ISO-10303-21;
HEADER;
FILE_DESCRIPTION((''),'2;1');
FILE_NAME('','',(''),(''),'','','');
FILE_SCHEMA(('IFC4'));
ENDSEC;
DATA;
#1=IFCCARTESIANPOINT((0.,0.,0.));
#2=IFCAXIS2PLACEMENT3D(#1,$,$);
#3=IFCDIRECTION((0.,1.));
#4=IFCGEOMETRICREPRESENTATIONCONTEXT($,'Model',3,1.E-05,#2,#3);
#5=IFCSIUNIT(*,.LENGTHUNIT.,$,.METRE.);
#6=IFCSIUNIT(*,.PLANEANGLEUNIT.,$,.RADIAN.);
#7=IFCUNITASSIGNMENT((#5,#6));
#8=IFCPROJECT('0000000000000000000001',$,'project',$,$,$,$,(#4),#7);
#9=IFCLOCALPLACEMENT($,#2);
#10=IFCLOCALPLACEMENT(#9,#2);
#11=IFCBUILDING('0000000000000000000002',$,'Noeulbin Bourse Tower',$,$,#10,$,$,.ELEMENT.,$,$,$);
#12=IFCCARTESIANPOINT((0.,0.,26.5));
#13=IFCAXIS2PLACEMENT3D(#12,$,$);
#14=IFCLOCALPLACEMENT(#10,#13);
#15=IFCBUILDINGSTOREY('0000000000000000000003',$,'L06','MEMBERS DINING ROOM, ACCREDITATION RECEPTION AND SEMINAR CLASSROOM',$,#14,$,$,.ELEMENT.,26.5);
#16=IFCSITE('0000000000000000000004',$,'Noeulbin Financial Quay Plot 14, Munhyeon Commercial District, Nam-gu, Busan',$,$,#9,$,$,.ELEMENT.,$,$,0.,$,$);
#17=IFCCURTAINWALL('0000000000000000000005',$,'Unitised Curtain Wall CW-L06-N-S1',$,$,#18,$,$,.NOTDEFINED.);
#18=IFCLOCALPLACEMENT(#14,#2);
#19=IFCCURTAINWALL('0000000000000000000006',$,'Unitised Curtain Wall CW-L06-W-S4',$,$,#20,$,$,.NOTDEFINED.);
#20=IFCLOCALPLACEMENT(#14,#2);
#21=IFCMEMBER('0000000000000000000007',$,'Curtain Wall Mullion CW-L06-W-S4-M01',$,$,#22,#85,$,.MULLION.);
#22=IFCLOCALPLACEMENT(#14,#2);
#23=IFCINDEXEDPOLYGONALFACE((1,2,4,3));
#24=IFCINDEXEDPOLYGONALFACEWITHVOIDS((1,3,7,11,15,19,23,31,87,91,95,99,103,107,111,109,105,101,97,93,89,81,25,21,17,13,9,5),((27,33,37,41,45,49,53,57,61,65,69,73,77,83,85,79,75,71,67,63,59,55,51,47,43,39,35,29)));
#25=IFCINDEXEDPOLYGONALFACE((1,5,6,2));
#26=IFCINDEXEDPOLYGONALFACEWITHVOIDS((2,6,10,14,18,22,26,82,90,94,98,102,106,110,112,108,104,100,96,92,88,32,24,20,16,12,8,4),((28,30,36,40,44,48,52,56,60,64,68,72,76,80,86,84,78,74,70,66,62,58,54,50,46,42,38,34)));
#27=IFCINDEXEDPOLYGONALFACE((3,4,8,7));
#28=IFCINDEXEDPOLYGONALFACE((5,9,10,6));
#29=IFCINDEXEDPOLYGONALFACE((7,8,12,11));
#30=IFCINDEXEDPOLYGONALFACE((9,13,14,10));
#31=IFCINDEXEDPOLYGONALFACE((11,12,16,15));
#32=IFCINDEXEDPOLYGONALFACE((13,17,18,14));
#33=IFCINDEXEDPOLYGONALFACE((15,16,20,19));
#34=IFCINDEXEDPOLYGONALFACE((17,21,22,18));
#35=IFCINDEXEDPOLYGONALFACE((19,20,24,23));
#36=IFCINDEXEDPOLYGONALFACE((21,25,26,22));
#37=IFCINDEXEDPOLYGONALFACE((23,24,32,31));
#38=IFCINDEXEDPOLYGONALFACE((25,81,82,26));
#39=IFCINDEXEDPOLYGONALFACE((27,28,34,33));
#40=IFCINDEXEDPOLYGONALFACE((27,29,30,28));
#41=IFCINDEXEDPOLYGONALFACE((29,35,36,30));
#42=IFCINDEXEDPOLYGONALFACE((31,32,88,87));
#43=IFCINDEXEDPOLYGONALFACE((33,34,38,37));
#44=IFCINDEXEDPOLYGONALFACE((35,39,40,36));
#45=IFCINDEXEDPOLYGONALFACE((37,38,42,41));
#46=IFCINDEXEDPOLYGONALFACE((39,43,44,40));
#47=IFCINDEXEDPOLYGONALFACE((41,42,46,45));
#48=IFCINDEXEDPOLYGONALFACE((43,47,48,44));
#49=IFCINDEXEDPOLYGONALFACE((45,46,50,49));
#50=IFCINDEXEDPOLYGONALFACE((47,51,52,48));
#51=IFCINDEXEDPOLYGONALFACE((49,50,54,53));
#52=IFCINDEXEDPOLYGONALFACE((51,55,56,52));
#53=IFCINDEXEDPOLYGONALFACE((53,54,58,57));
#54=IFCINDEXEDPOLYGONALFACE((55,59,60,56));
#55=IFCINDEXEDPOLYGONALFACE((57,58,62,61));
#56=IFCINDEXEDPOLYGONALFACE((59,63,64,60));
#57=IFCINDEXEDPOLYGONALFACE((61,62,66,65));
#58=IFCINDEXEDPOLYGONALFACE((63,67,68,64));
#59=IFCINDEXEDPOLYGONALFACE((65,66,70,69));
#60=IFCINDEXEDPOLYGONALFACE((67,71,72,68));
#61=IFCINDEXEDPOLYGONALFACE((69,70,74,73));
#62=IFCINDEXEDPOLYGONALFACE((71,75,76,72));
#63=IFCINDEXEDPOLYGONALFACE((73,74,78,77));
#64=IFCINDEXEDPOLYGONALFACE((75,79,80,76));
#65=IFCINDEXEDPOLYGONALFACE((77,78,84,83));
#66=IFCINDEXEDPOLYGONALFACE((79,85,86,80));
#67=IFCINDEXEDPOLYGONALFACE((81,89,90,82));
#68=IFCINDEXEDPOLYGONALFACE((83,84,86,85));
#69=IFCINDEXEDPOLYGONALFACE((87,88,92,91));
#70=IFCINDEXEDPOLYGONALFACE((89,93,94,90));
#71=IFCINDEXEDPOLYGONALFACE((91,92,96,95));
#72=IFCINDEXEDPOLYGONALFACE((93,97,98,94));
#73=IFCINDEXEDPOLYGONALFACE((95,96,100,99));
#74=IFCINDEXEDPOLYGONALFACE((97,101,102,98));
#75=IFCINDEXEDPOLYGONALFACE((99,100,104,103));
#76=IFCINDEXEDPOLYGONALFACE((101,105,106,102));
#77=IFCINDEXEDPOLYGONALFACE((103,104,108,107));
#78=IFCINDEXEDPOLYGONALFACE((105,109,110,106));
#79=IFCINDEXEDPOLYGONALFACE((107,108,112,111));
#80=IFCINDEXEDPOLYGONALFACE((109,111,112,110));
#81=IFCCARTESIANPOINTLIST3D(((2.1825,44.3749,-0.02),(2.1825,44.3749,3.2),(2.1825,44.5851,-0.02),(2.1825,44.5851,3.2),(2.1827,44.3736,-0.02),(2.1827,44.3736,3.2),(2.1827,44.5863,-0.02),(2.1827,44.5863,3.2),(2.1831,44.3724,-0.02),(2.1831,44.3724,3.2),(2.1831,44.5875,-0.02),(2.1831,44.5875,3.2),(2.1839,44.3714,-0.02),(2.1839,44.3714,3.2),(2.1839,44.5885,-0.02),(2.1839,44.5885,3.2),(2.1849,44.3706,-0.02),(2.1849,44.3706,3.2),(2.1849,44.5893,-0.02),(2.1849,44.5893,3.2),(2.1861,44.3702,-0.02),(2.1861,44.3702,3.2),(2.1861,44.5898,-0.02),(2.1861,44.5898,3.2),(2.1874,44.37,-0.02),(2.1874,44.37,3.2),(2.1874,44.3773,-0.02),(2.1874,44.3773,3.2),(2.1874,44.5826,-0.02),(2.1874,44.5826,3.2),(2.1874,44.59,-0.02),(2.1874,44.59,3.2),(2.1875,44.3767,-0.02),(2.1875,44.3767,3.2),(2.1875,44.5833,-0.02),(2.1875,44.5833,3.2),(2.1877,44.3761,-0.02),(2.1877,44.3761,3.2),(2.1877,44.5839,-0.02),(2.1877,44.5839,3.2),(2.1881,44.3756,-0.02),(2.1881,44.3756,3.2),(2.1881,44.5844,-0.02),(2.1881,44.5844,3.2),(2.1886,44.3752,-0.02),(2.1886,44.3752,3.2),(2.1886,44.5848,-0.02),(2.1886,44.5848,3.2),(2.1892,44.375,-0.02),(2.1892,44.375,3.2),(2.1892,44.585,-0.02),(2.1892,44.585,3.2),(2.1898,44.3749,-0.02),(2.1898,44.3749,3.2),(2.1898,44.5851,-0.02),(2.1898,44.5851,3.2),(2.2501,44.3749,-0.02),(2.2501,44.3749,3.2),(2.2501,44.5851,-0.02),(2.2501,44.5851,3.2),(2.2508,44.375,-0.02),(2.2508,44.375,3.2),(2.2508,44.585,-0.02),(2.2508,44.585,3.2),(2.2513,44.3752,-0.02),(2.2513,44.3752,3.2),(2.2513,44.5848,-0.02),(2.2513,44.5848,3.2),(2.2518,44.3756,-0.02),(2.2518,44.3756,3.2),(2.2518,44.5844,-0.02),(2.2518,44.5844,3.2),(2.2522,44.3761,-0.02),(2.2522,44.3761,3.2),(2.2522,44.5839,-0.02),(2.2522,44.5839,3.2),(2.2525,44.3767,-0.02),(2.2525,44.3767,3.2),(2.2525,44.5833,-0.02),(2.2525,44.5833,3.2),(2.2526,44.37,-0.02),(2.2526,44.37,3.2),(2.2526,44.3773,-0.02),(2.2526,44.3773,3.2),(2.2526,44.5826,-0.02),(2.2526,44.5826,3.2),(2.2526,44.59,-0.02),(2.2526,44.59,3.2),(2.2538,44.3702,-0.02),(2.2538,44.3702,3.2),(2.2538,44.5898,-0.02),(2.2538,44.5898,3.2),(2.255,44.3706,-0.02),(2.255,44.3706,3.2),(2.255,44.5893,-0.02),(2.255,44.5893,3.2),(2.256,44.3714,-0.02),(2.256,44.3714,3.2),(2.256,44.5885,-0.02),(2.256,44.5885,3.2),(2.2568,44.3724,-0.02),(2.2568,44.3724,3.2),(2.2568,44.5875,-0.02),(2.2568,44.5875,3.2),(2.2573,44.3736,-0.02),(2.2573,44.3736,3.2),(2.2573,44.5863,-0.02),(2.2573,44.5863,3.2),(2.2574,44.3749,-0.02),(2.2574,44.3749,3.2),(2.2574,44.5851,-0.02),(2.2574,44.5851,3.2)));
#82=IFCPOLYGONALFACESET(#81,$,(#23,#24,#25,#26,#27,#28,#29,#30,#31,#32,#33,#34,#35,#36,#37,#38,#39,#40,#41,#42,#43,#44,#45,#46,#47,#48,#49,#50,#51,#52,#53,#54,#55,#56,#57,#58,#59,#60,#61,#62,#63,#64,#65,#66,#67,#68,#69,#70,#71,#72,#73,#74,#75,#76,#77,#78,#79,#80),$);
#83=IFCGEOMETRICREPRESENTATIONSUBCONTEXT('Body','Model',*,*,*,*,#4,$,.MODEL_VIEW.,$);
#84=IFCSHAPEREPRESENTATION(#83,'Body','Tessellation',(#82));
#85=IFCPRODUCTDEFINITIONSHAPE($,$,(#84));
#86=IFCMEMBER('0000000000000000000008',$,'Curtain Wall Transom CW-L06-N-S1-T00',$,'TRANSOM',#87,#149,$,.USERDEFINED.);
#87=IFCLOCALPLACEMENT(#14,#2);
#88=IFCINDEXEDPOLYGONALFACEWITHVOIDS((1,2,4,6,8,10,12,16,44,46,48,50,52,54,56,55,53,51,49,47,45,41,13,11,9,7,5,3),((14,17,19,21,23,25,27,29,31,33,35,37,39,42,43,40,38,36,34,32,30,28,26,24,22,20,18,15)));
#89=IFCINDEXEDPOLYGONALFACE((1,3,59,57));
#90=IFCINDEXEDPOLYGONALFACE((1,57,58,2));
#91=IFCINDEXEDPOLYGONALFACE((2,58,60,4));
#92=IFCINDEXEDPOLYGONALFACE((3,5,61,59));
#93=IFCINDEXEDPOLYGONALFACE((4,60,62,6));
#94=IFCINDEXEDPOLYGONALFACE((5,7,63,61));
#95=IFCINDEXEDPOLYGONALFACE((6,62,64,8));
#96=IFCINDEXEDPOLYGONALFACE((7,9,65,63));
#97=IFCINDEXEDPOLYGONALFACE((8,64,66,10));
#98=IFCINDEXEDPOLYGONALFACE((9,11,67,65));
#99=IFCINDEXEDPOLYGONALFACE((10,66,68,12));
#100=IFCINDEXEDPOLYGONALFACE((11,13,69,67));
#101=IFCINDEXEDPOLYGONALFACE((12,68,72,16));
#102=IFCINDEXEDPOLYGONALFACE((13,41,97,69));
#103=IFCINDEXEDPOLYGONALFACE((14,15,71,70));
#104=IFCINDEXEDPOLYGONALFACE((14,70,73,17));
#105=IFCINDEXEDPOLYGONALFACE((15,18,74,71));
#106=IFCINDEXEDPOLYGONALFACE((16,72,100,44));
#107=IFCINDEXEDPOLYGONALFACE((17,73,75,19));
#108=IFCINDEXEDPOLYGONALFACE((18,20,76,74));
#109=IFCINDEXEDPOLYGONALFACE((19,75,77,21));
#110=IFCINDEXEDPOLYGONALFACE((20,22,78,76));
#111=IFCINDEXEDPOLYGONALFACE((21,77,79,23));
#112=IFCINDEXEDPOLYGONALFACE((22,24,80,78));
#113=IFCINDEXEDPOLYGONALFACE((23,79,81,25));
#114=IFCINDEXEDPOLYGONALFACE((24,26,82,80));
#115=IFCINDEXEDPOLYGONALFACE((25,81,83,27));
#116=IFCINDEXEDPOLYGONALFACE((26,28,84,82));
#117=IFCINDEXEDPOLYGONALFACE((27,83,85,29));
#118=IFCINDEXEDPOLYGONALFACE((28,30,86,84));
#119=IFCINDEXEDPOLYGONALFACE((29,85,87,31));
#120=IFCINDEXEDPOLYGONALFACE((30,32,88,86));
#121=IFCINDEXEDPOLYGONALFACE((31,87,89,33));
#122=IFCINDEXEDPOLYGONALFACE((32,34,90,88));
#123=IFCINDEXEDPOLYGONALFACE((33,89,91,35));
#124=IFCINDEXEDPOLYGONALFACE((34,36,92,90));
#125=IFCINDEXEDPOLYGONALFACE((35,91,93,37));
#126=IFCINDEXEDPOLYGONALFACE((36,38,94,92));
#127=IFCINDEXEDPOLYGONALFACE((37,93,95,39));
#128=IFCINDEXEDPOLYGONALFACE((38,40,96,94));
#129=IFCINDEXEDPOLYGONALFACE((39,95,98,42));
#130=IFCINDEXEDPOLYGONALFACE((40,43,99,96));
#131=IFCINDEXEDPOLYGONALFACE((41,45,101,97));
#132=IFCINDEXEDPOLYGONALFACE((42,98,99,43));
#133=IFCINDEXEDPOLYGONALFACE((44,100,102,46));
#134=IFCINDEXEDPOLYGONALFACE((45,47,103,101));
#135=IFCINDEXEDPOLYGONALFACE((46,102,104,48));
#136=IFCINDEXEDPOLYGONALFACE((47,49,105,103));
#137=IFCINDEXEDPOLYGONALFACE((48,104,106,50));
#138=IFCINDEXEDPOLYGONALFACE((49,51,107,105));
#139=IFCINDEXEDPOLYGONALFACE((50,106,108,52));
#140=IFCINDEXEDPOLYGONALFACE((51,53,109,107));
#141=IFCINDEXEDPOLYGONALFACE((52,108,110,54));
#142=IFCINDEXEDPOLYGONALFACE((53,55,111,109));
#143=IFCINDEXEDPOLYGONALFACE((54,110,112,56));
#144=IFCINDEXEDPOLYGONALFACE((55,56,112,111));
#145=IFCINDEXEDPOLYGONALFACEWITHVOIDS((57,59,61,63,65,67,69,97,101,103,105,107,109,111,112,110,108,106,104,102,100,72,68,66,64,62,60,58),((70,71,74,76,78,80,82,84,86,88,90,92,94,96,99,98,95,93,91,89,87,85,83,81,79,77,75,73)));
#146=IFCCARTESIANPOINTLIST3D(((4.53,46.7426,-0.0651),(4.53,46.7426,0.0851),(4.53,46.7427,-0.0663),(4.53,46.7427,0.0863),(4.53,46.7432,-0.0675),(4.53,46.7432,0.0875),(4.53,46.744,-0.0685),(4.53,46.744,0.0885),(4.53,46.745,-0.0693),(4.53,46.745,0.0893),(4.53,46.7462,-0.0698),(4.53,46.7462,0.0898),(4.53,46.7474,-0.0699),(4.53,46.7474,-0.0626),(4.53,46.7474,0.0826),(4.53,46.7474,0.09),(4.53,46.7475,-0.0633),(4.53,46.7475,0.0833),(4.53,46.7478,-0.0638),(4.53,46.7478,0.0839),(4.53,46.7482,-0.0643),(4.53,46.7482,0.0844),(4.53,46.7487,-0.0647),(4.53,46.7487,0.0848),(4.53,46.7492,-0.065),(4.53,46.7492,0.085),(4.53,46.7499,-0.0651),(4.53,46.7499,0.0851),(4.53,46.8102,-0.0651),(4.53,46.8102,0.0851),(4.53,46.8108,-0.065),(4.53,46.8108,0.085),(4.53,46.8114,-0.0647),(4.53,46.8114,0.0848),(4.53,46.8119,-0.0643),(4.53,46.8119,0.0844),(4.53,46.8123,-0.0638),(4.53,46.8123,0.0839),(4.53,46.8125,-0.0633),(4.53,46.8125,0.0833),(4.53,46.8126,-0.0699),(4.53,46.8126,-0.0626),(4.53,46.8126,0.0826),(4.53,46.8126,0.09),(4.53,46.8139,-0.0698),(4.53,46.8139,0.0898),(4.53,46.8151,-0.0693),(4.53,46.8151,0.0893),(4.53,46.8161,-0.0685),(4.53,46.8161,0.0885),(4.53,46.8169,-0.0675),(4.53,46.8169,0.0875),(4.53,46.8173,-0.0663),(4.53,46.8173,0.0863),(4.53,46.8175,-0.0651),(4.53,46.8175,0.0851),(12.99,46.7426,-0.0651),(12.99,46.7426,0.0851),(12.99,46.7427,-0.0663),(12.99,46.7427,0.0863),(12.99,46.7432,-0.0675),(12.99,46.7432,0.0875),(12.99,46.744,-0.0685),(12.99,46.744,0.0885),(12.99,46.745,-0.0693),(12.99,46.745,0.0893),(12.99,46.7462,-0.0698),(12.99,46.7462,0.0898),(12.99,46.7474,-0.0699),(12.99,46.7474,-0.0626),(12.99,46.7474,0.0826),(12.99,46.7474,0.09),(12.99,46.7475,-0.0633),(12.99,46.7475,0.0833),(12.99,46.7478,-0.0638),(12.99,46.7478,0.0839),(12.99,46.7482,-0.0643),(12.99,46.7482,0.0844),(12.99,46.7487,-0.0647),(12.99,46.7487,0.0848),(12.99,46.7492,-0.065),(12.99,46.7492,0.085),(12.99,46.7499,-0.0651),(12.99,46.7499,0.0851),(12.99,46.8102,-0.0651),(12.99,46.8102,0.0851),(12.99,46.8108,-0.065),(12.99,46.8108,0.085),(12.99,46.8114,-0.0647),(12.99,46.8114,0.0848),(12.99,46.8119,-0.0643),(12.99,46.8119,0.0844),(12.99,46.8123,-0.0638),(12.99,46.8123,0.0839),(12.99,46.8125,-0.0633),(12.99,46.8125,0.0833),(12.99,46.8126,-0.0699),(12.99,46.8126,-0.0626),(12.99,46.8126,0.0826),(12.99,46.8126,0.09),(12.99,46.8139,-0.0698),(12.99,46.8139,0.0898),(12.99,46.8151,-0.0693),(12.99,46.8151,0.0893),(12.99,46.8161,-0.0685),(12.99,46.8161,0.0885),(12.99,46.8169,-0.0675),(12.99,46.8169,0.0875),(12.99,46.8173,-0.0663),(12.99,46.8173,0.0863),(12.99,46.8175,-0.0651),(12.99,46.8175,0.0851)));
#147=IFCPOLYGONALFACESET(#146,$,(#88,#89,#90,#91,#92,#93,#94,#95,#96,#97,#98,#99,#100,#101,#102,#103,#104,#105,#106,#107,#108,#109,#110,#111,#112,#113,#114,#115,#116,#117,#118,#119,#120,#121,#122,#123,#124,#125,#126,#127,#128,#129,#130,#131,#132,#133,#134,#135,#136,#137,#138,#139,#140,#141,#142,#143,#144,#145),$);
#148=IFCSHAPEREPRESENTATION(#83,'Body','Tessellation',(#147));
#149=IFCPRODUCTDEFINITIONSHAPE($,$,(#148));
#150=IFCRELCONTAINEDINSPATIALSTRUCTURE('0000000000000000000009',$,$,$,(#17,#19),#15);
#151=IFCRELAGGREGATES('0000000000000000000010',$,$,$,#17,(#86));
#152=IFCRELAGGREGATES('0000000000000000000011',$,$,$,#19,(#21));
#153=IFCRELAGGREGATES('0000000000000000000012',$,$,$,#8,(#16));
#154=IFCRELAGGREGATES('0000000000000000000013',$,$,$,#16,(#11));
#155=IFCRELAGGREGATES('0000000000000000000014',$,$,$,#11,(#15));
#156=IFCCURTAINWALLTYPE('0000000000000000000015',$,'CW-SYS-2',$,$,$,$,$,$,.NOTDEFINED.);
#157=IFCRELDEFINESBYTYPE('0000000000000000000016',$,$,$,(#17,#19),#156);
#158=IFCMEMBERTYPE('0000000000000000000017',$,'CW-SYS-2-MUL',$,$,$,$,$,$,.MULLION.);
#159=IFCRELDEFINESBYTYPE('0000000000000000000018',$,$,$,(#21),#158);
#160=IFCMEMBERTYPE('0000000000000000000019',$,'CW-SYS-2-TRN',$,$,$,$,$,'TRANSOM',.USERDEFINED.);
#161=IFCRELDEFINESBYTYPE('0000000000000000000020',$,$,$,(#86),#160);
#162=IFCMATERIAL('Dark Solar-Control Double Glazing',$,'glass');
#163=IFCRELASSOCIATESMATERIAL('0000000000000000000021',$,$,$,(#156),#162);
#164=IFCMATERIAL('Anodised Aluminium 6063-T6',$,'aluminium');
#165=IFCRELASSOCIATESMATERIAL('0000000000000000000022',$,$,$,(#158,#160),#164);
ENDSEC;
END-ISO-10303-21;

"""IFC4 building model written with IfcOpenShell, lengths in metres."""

from ifc_helpers import new_model, si_unit, direction, frame, origin, origin_2d, place, context, subcontext, project, spatial, hollow_rectangle, extrude, material, material_profile, profile_set, type_object, element, aggregate, save


model = new_model("IFC4")

# Units and contexts
model_context = context("Model", 3, precision=1e-05, world=origin(), true_north=direction((0.0, 1.0)))
body_context = subcontext(model_context, "Body", "Model", "MODEL_VIEW")
ifc_project = project(units=[si_unit("LENGTHUNIT", "METRE"), si_unit("PLANEANGLEUNIT", "RADIAN")], contexts=[model_context])

# Site, building, storey
site_placement = place(None, origin())
site = spatial("IfcSite", under=ifc_project, at=site_placement, Name="Noeulbin Financial Quay Plot 14, Munhyeon Commercial District, Nam-gu, Busan", CompositionType="ELEMENT", RefElevation=0.0)
building_placement = place(site_placement, origin())
building = spatial("IfcBuilding", under=site, at=building_placement, Name="Noeulbin Bourse Tower", CompositionType="ELEMENT")
storey_placement = place(building_placement, frame((0.0, 0.0, 26.5)))
storey = spatial("IfcBuildingStorey", under=building, at=storey_placement, Name="L06", Description="MEMBERS DINING ROOM, ACCREDITATION RECEPTION AND SEMINAR CLASSROOM", CompositionType="ELEMENT", Elevation=26.5)

# Curtain wall
ifc_material_1 = material(Name="Dark Solar-Control Double Glazing", Category="glass")
curtain_wall_type = type_object("IfcCurtainWallType", Name="CW-SYS-2", PredefinedType="NOTDEFINED", material=ifc_material_1)
curtain_wall_1_placement = place(storey_placement, origin())
curtain_wall_1 = element("IfcCurtainWall", 1, at=curtain_wall_1_placement, inside=storey, type_object=curtain_wall_type, Name="Unitised Curtain Wall CW-L06-N-S1", PredefinedType="NOTDEFINED")
ifc_material_2 = material(Name="Anodised Aluminium 6063-T6", Category="aluminium")
ifc_material_profile_1 = material_profile(ifc_material_2, hollow_rectangle(XDim=0.075, YDim=0.22, WallThickness=0.0049, InnerFilletRadius=0.0024, OuterFilletRadius=0.0049, at=origin_2d()), Name="ALU-MULL-75x220x5", Category="LoadBearing")
ifc_profile_set_1 = profile_set([ifc_material_profile_1], Name="Anodised Aluminium 6063-T6")
member_type_1 = type_object("IfcMemberType", Name="CW-SYS-2-MUL", PredefinedType="MULLION", material=ifc_profile_set_1)

# Curtain wall, member
curtain_wall_2_placement = place(storey_placement, origin())
curtain_wall_2 = element("IfcCurtainWall", 2, at=curtain_wall_2_placement, inside=storey, type_object=curtain_wall_type, Name="Unitised Curtain Wall CW-L06-W-S4", PredefinedType="NOTDEFINED")
member_1_placement = place(storey_placement, frame((2.22, 44.48, -0.02), z_axis=(0.0, 0.0, 1.0), x_axis=(1.0, 0.0, 0.0)))
member_1 = element("IfcMember", 3, at=member_1_placement, type_object=member_type_1, Name="Curtain Wall Mullion CW-L06-W-S4-M01", PredefinedType="MULLION", context=body_context, shape_type="SweptSolid", body=[
    extrude(hollow_rectangle(XDim=0.075, YDim=0.22, WallThickness=0.0049, InnerFilletRadius=0.0024, OuterFilletRadius=0.0049, at=origin_2d()), origin(), (0.0, 0.0, 1.0), 3.22),
])

# Member
ifc_material_profile_2 = material_profile(ifc_material_2, hollow_rectangle(XDim=0.075, YDim=0.1599, WallThickness=0.0049, InnerFilletRadius=0.0024, OuterFilletRadius=0.0049, at=origin_2d()), Name="ALU-TRAN-75x160x5", Category="LoadBearing")
ifc_profile_set_2 = profile_set([ifc_material_profile_2], Name="Anodised Aluminium 6063-T6")
member_type_2 = type_object("IfcMemberType", Name="CW-SYS-2-TRN", ElementType="TRANSOM", PredefinedType="USERDEFINED", material=ifc_profile_set_2)
member_2_placement = place(storey_placement, frame((4.53, 46.78, 0.01), z_axis=(1.0, 0.0, 0.0), x_axis=(0.0, 1.0, 0.0)))
member_2 = element("IfcMember", 4, at=member_2_placement, type_object=member_type_2, Name="Curtain Wall Transom CW-L06-N-S1-T00", ObjectType="TRANSOM", PredefinedType="USERDEFINED", context=body_context, shape_type="SweptSolid", body=[
    extrude(hollow_rectangle(XDim=0.075, YDim=0.1599, WallThickness=0.0049, InnerFilletRadius=0.0024, OuterFilletRadius=0.0049, at=origin_2d()), origin(), (0.0, 0.0, 1.0), 8.46),
])

aggregate(curtain_wall_1, [member_2])
aggregate(curtain_wall_2, [member_1])

save(model, "model.ifc")
